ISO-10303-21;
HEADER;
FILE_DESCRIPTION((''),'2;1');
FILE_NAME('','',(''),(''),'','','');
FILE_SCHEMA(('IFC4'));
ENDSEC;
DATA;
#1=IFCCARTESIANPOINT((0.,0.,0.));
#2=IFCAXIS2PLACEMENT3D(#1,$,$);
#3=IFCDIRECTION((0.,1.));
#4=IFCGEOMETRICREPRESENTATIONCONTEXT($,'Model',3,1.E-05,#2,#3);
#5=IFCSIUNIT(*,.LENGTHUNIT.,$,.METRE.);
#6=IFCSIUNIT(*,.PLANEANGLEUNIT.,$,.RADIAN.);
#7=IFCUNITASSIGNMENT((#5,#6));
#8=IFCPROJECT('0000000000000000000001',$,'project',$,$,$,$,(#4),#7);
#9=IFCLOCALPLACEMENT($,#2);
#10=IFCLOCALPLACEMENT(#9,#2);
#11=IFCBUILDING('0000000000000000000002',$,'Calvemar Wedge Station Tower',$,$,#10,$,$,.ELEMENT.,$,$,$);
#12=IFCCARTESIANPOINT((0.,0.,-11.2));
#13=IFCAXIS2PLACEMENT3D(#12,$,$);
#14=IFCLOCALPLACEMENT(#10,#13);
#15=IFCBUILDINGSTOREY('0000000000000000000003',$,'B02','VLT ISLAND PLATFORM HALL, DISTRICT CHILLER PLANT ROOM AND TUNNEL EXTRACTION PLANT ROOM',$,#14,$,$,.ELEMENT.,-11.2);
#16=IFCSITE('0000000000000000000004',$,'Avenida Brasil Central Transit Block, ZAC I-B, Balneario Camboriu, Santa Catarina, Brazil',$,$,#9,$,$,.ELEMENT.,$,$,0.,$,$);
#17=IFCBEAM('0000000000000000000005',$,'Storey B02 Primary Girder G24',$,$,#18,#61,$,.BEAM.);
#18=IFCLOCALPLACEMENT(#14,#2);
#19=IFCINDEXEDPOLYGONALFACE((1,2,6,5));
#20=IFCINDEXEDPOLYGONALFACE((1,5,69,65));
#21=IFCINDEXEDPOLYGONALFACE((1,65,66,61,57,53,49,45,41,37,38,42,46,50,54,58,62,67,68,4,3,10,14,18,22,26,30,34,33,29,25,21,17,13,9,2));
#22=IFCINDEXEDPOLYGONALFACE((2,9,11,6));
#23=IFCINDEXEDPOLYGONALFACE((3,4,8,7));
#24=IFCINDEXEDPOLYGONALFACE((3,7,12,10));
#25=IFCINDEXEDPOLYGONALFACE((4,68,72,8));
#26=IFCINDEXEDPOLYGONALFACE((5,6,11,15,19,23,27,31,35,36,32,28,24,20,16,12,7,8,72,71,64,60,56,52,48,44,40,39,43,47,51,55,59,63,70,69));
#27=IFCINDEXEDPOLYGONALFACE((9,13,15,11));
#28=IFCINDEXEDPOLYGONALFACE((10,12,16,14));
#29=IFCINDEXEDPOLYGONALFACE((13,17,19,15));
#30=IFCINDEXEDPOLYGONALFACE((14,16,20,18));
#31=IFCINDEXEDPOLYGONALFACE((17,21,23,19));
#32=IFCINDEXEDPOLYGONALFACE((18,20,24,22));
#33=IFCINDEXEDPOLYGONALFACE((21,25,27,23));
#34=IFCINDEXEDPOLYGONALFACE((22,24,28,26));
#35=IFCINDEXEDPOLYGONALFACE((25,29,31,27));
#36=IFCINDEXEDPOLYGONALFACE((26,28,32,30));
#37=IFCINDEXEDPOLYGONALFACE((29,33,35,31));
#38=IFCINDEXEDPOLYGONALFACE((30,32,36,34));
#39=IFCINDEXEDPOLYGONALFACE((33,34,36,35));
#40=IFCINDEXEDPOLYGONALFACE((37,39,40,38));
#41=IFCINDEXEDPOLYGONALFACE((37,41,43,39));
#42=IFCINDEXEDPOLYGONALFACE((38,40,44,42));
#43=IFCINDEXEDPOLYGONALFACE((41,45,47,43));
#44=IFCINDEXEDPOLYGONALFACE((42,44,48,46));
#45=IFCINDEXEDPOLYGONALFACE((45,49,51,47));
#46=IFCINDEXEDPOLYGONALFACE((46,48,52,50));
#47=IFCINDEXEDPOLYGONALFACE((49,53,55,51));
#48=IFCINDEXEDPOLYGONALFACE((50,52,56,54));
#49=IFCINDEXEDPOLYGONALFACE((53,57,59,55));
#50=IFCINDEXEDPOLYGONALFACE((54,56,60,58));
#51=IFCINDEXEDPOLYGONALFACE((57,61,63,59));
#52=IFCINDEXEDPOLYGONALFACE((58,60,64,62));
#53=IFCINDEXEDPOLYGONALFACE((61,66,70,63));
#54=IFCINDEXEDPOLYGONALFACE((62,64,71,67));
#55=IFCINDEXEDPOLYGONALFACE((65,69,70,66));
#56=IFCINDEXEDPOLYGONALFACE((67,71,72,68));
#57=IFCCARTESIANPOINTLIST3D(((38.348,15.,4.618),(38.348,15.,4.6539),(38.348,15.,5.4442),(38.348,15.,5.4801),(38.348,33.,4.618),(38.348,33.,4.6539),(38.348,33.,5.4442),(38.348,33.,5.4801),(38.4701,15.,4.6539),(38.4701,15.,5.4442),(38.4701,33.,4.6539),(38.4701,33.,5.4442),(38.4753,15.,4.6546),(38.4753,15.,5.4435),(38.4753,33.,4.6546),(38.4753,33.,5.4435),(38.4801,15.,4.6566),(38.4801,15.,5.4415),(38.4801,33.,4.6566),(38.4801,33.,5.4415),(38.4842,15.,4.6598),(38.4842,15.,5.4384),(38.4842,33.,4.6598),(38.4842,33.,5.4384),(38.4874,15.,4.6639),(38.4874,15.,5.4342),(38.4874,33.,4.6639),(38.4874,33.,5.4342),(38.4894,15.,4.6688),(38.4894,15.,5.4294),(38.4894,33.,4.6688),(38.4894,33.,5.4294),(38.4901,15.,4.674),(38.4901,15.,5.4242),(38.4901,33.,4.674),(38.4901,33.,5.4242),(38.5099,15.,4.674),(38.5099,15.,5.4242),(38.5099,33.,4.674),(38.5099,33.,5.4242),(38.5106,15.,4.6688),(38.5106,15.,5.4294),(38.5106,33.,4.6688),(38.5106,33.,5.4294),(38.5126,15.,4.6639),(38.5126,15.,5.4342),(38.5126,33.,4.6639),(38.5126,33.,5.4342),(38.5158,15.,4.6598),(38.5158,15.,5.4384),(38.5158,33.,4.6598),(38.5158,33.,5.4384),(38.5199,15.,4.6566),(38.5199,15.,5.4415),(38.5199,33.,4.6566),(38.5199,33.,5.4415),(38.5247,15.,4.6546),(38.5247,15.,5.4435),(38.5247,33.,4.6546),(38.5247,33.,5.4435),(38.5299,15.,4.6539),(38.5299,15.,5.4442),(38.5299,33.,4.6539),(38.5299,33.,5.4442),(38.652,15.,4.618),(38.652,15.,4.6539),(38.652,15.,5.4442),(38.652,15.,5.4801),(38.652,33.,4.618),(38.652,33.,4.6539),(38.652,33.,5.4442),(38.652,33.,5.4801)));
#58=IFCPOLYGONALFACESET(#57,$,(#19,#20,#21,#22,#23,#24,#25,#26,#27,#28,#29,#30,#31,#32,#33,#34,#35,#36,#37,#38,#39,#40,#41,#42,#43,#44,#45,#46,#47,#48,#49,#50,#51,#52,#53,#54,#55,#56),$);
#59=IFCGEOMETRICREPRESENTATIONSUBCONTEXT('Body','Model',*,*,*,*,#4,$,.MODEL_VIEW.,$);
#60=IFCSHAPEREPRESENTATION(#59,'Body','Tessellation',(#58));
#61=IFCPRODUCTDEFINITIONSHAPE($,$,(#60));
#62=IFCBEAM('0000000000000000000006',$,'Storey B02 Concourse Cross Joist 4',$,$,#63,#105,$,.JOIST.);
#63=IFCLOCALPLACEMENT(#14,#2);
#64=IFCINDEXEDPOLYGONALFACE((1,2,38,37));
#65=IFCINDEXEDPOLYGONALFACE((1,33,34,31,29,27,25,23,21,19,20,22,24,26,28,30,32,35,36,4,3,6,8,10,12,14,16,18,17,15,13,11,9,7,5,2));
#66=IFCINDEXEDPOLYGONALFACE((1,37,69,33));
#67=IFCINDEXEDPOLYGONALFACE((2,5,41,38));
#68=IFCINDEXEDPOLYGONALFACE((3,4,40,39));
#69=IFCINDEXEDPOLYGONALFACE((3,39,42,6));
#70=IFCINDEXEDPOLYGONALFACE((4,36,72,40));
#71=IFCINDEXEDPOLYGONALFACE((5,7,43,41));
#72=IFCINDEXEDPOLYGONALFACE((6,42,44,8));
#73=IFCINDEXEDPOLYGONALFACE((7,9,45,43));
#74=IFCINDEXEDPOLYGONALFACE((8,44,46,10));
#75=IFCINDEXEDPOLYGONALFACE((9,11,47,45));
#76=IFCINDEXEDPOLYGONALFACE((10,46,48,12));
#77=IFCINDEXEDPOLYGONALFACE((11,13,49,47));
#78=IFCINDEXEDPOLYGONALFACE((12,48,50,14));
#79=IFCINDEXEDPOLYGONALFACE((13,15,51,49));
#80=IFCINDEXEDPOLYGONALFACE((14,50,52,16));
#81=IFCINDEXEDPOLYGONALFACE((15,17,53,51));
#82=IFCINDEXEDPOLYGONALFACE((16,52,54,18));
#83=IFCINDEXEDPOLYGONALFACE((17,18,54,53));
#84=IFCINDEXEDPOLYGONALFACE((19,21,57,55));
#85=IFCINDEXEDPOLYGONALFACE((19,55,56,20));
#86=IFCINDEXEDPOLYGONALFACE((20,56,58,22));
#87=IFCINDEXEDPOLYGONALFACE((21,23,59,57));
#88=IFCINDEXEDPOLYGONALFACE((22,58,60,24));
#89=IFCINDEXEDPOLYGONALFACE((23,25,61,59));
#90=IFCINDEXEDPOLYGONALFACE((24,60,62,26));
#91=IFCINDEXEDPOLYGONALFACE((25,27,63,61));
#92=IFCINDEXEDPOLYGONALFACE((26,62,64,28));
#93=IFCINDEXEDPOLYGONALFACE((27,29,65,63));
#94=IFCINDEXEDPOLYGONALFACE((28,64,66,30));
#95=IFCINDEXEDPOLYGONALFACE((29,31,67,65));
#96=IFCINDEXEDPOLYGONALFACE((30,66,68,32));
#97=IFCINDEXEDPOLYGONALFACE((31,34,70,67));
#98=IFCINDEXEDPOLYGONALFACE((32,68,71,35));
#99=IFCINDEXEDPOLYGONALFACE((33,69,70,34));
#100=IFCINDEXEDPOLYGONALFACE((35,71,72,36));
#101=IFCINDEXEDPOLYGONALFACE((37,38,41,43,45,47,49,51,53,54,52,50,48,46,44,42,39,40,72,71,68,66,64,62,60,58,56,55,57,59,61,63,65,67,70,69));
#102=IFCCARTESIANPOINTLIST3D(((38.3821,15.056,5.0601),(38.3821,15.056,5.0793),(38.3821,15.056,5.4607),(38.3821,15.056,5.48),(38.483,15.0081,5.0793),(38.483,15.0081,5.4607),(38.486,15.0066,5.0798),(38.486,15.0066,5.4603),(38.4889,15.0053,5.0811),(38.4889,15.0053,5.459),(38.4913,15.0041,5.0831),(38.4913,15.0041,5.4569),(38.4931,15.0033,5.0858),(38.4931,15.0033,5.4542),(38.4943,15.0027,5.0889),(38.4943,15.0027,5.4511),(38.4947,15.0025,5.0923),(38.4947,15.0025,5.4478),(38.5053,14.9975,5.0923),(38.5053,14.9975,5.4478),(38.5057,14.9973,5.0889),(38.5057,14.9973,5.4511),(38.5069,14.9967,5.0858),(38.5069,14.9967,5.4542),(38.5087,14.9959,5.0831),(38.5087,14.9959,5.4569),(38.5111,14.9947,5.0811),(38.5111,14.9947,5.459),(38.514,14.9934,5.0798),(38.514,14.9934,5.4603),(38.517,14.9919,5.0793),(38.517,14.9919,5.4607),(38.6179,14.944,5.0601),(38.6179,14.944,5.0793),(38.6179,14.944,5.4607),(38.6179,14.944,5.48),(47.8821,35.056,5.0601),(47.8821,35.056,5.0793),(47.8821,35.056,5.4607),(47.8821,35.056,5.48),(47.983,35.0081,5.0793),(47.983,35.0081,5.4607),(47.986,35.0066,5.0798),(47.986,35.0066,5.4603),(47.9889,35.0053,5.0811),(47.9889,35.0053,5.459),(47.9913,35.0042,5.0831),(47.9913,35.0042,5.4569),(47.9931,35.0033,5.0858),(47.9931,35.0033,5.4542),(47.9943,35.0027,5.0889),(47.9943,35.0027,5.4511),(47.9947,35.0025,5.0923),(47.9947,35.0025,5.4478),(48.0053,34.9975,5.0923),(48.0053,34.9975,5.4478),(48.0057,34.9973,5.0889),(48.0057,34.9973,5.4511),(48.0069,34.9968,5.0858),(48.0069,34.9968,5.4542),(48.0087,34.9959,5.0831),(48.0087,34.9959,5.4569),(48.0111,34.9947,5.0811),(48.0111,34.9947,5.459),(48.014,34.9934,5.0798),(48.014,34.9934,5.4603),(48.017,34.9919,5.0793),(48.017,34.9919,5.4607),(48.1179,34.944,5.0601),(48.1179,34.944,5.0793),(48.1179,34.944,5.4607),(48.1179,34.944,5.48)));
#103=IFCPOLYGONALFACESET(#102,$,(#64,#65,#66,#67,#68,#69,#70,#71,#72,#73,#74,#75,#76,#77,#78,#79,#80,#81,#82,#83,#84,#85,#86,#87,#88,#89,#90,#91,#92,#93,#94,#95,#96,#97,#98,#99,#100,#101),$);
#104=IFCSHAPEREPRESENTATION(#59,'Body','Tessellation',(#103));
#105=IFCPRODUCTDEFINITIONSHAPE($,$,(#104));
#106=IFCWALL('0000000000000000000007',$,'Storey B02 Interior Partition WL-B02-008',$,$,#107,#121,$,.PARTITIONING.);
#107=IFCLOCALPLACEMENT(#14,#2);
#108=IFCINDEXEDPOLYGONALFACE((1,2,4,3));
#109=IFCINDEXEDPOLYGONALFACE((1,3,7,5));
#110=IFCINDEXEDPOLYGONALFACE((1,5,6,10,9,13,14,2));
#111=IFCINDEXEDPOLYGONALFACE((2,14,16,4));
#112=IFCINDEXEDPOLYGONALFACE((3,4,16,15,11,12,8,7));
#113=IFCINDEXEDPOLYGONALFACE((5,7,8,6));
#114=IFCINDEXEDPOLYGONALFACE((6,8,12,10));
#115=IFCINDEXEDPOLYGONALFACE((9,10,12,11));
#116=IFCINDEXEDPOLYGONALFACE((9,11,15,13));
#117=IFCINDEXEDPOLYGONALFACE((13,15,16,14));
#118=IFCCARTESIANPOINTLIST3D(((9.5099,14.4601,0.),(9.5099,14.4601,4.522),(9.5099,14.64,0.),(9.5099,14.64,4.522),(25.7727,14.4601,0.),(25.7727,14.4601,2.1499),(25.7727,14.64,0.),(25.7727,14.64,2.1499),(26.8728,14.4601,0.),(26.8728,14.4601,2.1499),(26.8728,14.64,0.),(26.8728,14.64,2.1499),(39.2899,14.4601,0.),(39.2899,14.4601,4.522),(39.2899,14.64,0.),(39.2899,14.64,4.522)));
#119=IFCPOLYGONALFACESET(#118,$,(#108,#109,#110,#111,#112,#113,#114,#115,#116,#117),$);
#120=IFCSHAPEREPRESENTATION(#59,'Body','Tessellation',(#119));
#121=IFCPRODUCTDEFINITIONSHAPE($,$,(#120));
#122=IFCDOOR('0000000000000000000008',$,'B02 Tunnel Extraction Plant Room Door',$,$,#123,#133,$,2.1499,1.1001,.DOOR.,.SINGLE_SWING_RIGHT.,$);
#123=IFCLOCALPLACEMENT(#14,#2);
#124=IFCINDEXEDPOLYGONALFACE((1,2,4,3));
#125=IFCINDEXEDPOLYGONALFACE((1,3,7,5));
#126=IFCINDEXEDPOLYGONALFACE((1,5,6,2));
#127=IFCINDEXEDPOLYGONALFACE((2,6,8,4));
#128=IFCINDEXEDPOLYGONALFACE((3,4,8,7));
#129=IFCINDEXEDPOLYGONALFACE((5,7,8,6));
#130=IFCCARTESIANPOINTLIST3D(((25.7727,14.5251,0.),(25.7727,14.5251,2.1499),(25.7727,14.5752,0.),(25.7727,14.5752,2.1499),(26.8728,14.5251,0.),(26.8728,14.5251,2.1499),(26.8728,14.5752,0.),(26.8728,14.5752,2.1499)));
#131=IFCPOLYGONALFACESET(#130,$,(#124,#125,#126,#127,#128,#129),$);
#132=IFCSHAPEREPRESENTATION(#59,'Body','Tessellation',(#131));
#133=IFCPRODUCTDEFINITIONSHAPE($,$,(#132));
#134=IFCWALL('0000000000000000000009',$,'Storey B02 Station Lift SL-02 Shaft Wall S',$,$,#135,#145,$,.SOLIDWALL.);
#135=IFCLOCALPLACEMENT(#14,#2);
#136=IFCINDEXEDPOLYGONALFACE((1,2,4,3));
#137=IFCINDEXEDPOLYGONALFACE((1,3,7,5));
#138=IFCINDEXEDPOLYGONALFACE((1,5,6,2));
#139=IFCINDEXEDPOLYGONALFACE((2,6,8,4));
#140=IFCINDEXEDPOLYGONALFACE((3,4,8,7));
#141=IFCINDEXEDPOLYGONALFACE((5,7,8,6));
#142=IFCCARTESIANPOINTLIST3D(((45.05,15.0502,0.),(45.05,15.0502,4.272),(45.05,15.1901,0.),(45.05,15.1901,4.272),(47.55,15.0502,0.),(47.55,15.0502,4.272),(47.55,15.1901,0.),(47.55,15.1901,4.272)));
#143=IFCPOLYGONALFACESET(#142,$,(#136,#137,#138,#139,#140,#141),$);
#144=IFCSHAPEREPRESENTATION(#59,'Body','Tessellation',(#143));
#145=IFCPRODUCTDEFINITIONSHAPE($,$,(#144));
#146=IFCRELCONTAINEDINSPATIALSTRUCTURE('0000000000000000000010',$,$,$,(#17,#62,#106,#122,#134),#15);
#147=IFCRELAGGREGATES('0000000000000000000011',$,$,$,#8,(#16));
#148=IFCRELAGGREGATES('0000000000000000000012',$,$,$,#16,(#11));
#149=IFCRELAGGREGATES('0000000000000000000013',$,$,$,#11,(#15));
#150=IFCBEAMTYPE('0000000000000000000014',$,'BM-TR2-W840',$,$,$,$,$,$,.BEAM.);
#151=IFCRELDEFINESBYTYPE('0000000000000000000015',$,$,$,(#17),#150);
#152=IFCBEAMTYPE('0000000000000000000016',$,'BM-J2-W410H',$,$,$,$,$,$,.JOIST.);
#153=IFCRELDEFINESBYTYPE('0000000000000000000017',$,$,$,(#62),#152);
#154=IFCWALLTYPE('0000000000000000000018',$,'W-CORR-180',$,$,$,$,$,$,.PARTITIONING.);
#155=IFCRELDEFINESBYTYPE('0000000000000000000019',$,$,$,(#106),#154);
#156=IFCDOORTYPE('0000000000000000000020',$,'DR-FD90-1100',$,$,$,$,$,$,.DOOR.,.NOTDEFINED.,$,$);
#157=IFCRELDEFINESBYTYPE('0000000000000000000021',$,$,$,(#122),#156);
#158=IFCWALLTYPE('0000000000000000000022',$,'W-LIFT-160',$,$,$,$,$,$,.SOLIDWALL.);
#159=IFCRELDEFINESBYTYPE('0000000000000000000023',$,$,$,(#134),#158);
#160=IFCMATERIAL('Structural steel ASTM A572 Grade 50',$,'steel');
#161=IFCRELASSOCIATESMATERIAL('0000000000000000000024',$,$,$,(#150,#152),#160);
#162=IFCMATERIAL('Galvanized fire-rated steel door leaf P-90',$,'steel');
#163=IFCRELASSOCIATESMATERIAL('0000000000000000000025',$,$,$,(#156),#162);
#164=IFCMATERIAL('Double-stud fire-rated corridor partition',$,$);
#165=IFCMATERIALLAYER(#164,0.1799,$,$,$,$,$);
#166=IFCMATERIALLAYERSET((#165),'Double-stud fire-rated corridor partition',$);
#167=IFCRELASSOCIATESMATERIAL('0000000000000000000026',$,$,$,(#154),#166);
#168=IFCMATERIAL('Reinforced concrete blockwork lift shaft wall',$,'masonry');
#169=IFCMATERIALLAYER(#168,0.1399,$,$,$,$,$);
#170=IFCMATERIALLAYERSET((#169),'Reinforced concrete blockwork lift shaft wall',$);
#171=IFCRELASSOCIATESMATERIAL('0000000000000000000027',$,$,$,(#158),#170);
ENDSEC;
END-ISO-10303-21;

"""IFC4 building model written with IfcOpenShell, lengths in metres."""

from ifc_helpers import new_model, si_unit, direction, frame, frame_2d, origin, origin_2d, place, context, subcontext, project, spatial, rectangle, i_section, extrude, source, transform, mapped, material, layer, layer_set, material_profile, profile_set, type_object, element, fill, save


model = new_model("IFC4")

# Units and contexts
model_context = context("Model", 3, precision=1e-05, world=origin(), true_north=direction((0.0, 1.0)))
body_context = subcontext(model_context, "Body", "Model", "MODEL_VIEW")
ifc_project = project(units=[si_unit("LENGTHUNIT", "METRE"), si_unit("PLANEANGLEUNIT", "RADIAN")], contexts=[model_context])

# Site, building, storey
site_placement = place(None, origin())
site = spatial("IfcSite", under=ifc_project, at=site_placement, Name="Avenida Brasil Central Transit Block, ZAC I-B, Balneario Camboriu, Santa Catarina, Brazil", CompositionType="ELEMENT", RefElevation=0.0)
building_placement = place(site_placement, origin())
building = spatial("IfcBuilding", under=site, at=building_placement, Name="Calvemar Wedge Station Tower", CompositionType="ELEMENT")
storey_placement = place(building_placement, frame((0.0, 0.0, -11.2)))
storey = spatial("IfcBuildingStorey", under=building, at=storey_placement, Name="B02", Description="VLT ISLAND PLATFORM HALL, DISTRICT CHILLER PLANT ROOM AND TUNNEL EXTRACTION PLANT ROOM", CompositionType="ELEMENT", Elevation=-11.2)

# Beams
ifc_material_1 = material(Name="Structural steel ASTM A572 Grade 50", Category="steel")
ifc_material_profile_1 = material_profile(ifc_material_1, i_section(OverallWidth=0.304, OverallDepth=0.8621, WebThickness=0.0198, FlangeThickness=0.0359, FilletRadius=0.02, at=origin_2d()), Name="W840x329")
ifc_profile_set_1 = profile_set([ifc_material_profile_1], Name="Structural steel ASTM A572 Grade 50")
beam_type_1 = type_object("IfcBeamType", Name="BM-TR2-W840", PredefinedType="BEAM", material=ifc_profile_set_1)
shared_shape_1 = source(origin(), body_context, "Body", "SweptSolid", [
    extrude(i_section(OverallWidth=0.304, OverallDepth=0.8621, WebThickness=0.0198, FlangeThickness=0.0359, FilletRadius=0.02, at=origin_2d()), origin(), (0.0, 0.0, 1.0), 18.0),
])
beam_1_placement = place(storey_placement, frame((38.5, 15.0, 5.0491), z_axis=(0.0, 1.0, 0.0), x_axis=(-1.0, 0.0, 0.0)))
element("IfcBeam", 1, at=beam_1_placement, inside=storey, type_object=beam_type_1, Name="Storey B02 Primary Girder G24", PredefinedType="BEAM", context=body_context, shape_type="MappedRepresentation", body=[
    mapped(shared_shape_1, transform((0.0, 0.0, 0.0), scale=1.0)),
])
ifc_material_profile_2 = material_profile(ifc_material_1, i_section(OverallWidth=0.261, OverallDepth=0.4199, WebThickness=0.0117, FlangeThickness=0.0193, FilletRadius=0.0129, at=origin_2d()), Name="W410x114")
ifc_profile_set_2 = profile_set([ifc_material_profile_2], Name="Structural steel ASTM A572 Grade 50")
beam_type_2 = type_object("IfcBeamType", Name="BM-J2-W410H", PredefinedType="JOIST", material=ifc_profile_set_2)
shared_shape_2 = source(origin(), body_context, "Body", "SweptSolid", [
    extrude(i_section(OverallWidth=0.261, OverallDepth=0.4199, WebThickness=0.0117, FlangeThickness=0.0193, FilletRadius=0.0129, at=origin_2d()), origin(), (0.0, 0.0, 1.0), 22.1416),
])
beam_2_placement = place(storey_placement, frame((38.5, 15.0, 5.27), z_axis=(0.429057, 0.903278, 0.0), x_axis=(-0.903278, 0.429057, 0.0)))
element("IfcBeam", 2, at=beam_2_placement, inside=storey, type_object=beam_type_2, Name="Storey B02 Concourse Cross Joist 4", PredefinedType="JOIST", context=body_context, shape_type="MappedRepresentation", body=[
    mapped(shared_shape_2, transform((0.0, 0.0, 0.0), scale=1.0)),
])

# Wall, opening, door
ifc_material_2 = material(Name="Galvanized fire-rated steel door leaf P-90", Category="steel")
door_type_1 = type_object("IfcDoorType", Name="DR-FD90-1100", OperationType="NOTDEFINED", PredefinedType="DOOR", material=ifc_material_2)
shared_shape_3 = source(origin(), body_context, "Body", "SweptSolid", [
    extrude(rectangle(XDim=1.1001, YDim=2.1499, at=frame_2d((0.55, 1.075))), frame((0.0, 0.0249, 0.0), z_axis=(0.0, -1.0, 0.0), x_axis=(1.0, 0.0, 0.0)), (0.0, 0.0, 1.0), 0.05),
])
ifc_material_3 = material(Name="Double-stud fire-rated corridor partition")
ifc_layer_1 = layer(ifc_material_3, 0.1799)
ifc_layer_set_1 = layer_set([ifc_layer_1], Name="Double-stud fire-rated corridor partition")
wall_type_1 = type_object("IfcWallType", Name="W-CORR-180", PredefinedType="PARTITIONING", material=ifc_layer_set_1)
wall_1_placement = place(storey_placement, frame((39.29, 14.55, 0.0), z_axis=(0.0, 0.0, 1.0), x_axis=(-1.0, 0.0, 0.0)))
wall_1 = element("IfcWall", 3, at=wall_1_placement, inside=storey, type_object=wall_type_1, Name="Storey B02 Interior Partition WL-B02-008", PredefinedType="PARTITIONING", context=body_context, shape_type="SweptSolid", body=[
    extrude(rectangle(XDim=29.78, YDim=0.1799, at=frame_2d((14.8901, 0.0))), origin(), (0.0, 0.0, 1.0), 4.522),
])
shared_shape_4 = source(origin(), body_context, "Body", "SweptSolid", [
    extrude(rectangle(XDim=1.1001, YDim=2.1499, at=frame_2d((0.55, 1.075))), frame((0.0, 0.1001, 0.0), z_axis=(0.0, -1.0, 0.0), x_axis=(1.0, 0.0, 0.0)), (0.0, 0.0, 1.0), 0.2),
])
opening_1_placement = place(wall_1_placement, frame((12.4172, 0.0, 0.0)))
opening_1 = element("IfcOpeningElement", 4, at=opening_1_placement, cuts=wall_1, PredefinedType="OPENING", context=body_context, shape_type="MappedRepresentation", body=[
    mapped(shared_shape_4, transform((0.0, 0.0, 0.0), scale=1.0)),
])
door_1_placement = place(opening_1_placement, origin())
door_1 = element("IfcDoor", 5, at=door_1_placement, inside=storey, type_object=door_type_1, Name="B02 Tunnel Extraction Plant Room Door", OperationType="SINGLE_SWING_RIGHT", OverallHeight=2.1499, OverallWidth=1.1001, PredefinedType="DOOR", context=body_context, shape_type="MappedRepresentation", body=[
    mapped(shared_shape_3, transform((0.0, 0.0, 0.0), scale=1.0)),
])
fill(opening_1, door_1)
ifc_material_4 = material(Name="Reinforced concrete blockwork lift shaft wall", Category="masonry")
ifc_layer_2 = layer(ifc_material_4, 0.1399)
ifc_layer_set_2 = layer_set([ifc_layer_2], Name="Reinforced concrete blockwork lift shaft wall")
wall_type_2 = type_object("IfcWallType", Name="W-LIFT-160", PredefinedType="SOLIDWALL", material=ifc_layer_set_2)

# Wall
wall_2_placement = place(storey_placement, frame((45.05, 15.1201, 0.0), z_axis=(0.0, 0.0, 1.0), x_axis=(1.0, 0.0, 0.0)))
element("IfcWall", 6, at=wall_2_placement, inside=storey, type_object=wall_type_2, Name="Storey B02 Station Lift SL-02 Shaft Wall S", PredefinedType="SOLIDWALL", context=body_context, shape_type="SweptSolid", body=[
    extrude(rectangle(XDim=2.5, YDim=0.1399, at=frame_2d((1.25, 0.0))), origin(), (0.0, 0.0, 1.0), 4.272),
])

save(model, "model.ifc")
